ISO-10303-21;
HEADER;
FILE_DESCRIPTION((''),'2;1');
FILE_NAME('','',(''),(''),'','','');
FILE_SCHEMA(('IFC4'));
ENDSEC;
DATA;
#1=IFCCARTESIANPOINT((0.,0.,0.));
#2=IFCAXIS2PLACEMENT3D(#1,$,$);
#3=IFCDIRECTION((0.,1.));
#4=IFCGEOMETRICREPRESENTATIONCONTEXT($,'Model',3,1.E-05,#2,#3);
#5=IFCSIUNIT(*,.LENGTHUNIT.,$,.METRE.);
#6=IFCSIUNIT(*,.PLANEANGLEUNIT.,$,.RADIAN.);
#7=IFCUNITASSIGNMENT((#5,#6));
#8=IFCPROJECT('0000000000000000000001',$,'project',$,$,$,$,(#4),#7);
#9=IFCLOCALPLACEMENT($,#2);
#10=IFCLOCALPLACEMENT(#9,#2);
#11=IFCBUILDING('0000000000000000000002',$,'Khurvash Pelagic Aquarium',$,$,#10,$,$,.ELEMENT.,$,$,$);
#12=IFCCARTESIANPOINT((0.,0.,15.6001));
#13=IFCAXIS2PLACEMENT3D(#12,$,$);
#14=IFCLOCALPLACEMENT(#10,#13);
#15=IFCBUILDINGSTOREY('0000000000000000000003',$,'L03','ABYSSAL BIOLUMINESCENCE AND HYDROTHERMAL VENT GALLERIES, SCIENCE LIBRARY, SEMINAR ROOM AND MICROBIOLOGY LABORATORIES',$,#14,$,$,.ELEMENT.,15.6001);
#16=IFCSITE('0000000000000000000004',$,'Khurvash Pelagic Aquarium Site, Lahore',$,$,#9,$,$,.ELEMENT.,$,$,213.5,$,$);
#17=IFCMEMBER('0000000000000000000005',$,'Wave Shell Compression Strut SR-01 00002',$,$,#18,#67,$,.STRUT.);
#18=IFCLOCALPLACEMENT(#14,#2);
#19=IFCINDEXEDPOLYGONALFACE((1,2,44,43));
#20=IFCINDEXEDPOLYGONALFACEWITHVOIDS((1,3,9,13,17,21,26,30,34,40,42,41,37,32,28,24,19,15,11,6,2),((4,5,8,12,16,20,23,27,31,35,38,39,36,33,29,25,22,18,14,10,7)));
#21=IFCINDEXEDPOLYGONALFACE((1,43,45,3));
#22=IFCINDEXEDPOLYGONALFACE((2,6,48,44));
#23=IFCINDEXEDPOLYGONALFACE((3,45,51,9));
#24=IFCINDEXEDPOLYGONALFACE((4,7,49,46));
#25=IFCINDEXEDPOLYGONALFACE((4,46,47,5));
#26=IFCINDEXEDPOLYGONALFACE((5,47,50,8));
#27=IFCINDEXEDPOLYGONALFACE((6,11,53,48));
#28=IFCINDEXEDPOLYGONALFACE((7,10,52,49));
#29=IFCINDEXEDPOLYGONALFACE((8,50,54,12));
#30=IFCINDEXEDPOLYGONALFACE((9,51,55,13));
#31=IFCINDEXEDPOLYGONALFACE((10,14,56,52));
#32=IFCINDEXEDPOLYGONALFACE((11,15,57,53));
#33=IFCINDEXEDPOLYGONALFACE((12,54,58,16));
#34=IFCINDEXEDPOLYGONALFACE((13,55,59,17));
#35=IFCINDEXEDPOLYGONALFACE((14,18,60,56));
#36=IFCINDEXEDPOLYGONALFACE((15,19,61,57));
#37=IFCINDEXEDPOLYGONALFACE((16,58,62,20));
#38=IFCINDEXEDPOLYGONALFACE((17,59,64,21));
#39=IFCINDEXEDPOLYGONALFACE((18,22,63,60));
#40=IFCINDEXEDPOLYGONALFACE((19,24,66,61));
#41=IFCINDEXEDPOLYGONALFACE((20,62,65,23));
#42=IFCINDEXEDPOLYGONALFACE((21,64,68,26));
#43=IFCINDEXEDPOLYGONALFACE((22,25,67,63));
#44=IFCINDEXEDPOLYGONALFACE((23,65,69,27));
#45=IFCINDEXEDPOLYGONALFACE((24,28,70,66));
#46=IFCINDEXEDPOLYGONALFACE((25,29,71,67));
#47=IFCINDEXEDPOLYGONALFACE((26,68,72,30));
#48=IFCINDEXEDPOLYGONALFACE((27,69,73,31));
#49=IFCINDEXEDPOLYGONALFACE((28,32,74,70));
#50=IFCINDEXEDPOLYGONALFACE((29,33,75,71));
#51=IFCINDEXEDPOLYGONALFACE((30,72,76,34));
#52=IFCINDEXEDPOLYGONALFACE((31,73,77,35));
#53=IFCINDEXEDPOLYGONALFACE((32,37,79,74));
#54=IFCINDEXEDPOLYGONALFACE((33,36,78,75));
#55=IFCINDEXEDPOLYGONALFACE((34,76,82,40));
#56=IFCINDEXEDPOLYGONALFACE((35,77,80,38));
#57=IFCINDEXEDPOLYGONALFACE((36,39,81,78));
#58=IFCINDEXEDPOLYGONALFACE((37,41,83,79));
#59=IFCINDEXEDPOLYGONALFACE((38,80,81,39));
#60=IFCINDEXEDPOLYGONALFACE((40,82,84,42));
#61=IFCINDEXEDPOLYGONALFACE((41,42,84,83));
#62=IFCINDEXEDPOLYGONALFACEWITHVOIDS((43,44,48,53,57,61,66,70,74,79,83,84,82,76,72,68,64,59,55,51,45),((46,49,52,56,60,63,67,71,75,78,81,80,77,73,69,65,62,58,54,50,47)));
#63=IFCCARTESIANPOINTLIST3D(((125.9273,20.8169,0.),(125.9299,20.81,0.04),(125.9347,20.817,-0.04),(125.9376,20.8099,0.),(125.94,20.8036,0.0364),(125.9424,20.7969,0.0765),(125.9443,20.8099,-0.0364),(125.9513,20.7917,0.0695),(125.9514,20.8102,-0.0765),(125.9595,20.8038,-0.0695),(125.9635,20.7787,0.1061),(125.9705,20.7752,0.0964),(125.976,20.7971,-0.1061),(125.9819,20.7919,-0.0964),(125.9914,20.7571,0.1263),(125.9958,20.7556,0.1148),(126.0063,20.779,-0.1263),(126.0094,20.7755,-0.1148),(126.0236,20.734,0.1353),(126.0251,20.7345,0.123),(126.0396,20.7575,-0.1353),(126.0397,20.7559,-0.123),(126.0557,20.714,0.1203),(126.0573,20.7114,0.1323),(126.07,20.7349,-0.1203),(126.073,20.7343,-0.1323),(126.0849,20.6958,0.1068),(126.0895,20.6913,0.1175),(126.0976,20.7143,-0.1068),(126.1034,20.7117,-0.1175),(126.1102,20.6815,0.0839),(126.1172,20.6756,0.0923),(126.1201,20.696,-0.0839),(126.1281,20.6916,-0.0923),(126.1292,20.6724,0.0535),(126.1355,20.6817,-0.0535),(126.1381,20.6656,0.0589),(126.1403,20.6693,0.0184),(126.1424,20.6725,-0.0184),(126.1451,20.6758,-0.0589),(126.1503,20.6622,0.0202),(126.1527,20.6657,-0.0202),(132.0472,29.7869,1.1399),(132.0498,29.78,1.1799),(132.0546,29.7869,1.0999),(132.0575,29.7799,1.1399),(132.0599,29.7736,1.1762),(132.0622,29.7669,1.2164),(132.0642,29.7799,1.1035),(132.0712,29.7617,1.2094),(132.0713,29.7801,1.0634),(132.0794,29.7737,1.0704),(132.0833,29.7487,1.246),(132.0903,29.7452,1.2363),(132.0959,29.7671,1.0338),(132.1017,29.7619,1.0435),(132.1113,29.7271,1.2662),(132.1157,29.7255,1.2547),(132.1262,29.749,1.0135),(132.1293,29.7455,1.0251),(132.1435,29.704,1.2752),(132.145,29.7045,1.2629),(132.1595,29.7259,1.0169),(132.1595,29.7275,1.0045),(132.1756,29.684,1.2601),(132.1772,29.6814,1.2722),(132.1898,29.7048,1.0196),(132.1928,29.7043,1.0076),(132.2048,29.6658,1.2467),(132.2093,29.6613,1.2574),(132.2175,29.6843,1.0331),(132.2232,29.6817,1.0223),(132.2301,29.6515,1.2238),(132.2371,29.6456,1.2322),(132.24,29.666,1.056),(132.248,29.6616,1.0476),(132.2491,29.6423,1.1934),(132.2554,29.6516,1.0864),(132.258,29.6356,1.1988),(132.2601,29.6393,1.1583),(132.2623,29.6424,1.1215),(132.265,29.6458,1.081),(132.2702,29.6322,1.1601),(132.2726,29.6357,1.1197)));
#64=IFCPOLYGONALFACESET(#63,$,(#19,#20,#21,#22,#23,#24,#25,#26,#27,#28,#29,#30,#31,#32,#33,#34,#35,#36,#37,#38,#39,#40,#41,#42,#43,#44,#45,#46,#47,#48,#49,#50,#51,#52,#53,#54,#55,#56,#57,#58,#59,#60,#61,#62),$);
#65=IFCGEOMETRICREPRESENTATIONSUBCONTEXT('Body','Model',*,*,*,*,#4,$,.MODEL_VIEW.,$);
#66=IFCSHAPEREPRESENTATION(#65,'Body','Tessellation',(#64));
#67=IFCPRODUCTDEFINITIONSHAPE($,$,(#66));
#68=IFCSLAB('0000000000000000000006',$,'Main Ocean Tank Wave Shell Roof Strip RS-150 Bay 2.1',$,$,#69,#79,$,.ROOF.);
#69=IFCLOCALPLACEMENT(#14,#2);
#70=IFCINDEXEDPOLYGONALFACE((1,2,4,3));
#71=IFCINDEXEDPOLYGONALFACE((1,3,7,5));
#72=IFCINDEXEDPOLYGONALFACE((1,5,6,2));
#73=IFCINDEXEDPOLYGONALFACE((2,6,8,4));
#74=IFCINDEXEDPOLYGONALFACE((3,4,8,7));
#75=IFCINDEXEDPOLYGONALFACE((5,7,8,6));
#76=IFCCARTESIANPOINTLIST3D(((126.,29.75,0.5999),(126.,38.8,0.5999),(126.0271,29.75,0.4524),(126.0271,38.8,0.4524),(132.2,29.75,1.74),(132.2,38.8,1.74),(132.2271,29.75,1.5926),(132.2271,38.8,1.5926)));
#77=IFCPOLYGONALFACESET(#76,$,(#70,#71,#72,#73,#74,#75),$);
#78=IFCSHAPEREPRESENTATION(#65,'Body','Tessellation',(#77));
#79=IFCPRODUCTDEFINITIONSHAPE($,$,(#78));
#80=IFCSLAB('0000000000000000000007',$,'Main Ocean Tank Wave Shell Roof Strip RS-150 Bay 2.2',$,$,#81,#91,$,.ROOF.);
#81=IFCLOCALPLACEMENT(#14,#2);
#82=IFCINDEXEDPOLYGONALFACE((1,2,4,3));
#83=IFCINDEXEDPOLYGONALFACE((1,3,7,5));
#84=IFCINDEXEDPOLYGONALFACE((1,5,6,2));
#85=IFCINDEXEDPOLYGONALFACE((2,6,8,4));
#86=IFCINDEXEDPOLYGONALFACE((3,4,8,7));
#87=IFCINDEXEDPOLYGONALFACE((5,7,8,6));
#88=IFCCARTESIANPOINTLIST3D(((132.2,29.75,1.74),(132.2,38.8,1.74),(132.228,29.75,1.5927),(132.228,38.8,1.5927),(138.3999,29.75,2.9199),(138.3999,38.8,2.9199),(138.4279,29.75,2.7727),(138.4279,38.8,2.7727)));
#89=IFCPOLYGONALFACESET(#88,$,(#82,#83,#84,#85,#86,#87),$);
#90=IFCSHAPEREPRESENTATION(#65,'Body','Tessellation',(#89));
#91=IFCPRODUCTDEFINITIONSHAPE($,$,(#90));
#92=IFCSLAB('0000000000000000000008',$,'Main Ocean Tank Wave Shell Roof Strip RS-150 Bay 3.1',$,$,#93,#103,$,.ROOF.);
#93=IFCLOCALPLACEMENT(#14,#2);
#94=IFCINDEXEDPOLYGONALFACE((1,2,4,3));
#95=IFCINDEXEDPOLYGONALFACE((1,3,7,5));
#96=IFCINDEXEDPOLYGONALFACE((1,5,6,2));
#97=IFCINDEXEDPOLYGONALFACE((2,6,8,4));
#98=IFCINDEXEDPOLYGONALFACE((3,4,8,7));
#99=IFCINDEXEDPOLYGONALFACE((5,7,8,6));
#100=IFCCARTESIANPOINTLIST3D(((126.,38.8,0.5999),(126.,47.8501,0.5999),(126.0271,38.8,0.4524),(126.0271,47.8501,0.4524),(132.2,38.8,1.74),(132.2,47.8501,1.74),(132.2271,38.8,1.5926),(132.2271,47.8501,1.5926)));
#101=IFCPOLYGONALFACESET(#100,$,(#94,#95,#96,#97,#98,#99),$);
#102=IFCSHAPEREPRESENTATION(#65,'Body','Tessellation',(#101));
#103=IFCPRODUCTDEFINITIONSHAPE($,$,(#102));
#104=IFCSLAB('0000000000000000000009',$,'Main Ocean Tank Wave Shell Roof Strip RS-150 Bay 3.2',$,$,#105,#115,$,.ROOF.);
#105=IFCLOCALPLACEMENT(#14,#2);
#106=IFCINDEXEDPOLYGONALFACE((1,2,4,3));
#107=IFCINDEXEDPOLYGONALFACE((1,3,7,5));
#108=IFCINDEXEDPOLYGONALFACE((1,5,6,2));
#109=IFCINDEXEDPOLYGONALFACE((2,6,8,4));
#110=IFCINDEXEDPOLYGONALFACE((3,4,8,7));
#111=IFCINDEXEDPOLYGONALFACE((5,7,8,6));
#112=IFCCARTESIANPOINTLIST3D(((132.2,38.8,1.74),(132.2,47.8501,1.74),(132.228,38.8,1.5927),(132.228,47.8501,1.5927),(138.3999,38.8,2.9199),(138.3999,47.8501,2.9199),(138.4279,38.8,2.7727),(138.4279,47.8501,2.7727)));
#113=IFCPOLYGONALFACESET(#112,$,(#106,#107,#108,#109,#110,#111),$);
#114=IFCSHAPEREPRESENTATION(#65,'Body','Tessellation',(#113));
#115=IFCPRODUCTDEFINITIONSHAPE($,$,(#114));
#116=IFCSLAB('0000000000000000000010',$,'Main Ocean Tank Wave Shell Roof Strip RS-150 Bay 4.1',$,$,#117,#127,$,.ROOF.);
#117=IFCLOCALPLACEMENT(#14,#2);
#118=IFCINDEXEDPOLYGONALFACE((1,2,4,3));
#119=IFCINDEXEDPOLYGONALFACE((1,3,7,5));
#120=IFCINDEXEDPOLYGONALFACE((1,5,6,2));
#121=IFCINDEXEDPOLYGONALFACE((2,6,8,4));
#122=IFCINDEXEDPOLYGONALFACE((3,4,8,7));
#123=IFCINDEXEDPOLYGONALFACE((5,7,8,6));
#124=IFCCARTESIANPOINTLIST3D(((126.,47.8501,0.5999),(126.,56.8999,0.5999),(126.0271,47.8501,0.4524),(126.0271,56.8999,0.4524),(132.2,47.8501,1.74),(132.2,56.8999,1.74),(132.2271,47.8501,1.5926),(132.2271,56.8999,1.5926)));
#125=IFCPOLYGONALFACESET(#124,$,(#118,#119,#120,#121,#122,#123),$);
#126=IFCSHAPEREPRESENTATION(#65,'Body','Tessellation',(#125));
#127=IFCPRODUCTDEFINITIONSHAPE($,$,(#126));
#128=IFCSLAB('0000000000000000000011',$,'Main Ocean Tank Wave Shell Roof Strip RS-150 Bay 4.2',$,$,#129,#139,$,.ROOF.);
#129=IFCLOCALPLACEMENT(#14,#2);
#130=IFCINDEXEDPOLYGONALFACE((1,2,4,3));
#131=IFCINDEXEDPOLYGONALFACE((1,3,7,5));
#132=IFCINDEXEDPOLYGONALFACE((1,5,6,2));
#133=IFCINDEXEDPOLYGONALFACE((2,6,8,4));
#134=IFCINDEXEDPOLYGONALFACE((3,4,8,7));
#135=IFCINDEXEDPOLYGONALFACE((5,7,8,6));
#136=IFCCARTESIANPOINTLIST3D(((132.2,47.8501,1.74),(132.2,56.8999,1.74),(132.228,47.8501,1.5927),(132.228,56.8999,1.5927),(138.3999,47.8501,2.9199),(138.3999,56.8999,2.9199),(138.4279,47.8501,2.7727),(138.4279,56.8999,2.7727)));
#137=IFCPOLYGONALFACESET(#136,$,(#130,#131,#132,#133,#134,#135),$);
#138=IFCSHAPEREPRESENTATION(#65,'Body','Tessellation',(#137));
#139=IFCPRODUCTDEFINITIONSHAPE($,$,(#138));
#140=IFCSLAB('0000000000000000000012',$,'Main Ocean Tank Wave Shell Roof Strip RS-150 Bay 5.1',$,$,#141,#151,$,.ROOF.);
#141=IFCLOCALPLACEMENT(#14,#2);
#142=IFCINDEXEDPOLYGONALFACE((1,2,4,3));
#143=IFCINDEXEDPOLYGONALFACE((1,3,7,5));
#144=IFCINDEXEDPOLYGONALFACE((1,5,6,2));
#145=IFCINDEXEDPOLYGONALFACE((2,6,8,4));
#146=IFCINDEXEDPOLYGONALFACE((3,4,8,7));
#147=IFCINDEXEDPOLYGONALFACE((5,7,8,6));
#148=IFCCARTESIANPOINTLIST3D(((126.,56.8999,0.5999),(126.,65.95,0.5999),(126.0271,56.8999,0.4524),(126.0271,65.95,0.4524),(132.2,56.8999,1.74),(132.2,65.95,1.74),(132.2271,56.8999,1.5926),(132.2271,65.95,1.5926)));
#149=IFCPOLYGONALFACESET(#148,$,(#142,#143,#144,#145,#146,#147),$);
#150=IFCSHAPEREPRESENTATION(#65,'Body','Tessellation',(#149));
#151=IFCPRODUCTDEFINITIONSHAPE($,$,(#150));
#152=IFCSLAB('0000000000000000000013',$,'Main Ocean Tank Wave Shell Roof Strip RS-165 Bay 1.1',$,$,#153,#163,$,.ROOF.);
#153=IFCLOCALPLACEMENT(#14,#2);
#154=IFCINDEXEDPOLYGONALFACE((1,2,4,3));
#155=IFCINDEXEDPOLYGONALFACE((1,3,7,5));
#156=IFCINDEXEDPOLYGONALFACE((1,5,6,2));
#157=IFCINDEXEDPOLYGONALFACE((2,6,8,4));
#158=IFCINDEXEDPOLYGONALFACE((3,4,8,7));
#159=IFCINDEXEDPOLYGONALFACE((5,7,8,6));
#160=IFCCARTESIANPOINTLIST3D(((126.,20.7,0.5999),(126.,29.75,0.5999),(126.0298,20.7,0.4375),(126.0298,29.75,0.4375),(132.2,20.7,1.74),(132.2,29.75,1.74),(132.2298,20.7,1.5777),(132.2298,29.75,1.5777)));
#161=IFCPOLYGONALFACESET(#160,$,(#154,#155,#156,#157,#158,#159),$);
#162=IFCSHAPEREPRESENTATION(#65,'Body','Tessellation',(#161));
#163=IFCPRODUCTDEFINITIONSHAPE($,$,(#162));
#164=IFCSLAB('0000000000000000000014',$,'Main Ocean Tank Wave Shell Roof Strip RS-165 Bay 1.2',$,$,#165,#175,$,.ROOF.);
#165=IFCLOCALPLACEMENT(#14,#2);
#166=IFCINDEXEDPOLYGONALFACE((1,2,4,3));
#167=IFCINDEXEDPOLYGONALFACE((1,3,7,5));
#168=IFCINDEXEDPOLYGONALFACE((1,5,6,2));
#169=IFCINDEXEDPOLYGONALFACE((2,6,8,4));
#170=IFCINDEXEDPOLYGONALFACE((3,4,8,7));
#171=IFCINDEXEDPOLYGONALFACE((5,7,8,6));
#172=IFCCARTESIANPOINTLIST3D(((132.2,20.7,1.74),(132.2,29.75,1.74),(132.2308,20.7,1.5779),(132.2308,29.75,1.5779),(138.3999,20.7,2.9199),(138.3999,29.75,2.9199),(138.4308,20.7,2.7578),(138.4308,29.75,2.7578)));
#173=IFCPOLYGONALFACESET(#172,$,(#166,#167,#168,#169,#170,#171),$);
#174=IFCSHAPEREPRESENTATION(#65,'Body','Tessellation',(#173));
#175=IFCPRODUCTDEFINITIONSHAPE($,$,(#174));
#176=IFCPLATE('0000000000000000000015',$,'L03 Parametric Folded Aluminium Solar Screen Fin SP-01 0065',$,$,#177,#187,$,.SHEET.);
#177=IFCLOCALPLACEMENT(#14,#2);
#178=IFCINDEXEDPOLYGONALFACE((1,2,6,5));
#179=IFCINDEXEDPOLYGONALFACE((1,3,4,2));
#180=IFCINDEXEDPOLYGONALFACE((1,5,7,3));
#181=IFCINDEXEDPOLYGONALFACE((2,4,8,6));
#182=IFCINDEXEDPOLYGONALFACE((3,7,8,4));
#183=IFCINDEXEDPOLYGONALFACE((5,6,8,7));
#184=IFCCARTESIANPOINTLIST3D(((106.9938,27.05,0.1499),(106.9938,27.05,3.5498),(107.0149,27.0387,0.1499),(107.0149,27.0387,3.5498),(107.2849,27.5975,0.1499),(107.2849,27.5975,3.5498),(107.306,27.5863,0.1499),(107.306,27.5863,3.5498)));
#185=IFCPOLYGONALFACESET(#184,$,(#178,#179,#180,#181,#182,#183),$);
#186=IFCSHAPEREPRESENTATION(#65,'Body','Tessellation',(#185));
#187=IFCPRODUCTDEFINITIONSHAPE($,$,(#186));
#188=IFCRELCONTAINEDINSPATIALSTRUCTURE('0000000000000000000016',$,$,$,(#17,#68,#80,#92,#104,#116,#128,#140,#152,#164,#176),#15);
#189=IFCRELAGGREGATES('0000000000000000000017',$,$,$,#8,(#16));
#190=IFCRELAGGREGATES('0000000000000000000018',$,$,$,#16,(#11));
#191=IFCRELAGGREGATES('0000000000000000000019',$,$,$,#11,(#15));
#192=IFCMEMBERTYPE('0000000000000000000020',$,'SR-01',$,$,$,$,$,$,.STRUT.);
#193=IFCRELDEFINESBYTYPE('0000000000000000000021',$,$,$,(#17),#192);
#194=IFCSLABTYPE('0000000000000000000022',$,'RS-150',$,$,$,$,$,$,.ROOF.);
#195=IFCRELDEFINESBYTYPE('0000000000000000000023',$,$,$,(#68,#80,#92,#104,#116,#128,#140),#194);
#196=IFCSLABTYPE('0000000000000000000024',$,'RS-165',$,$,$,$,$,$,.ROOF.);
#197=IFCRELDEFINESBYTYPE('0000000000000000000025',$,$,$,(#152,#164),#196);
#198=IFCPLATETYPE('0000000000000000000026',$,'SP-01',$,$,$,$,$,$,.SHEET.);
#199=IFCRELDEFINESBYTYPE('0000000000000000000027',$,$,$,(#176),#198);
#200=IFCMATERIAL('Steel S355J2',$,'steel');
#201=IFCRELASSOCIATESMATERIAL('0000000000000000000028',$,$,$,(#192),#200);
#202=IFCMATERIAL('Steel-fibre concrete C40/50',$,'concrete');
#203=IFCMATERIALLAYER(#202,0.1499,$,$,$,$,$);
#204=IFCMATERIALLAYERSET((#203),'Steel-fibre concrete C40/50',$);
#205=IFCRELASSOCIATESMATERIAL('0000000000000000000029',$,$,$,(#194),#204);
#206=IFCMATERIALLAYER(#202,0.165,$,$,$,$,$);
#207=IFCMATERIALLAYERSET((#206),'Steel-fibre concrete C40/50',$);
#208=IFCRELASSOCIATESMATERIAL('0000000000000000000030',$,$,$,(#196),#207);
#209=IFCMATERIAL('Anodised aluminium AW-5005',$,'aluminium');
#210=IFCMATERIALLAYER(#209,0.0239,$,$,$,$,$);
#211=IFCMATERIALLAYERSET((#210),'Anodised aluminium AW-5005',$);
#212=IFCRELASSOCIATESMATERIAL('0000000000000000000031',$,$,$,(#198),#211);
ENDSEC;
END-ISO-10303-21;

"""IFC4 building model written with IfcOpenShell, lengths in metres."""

from ifc_helpers import new_model, si_unit, direction, frame, origin, origin_2d, place, context, subcontext, project, spatial, polyline, rectangle, hollow_circle, outline, extrude, material, layer, layer_set, material_profile, profile_set, type_object, element, save


model = new_model("IFC4")

# Units and contexts
model_context = context("Model", 3, precision=1e-05, world=origin(), true_north=direction((0.0, 1.0)))
body_context = subcontext(model_context, "Body", "Model", "MODEL_VIEW")
ifc_project = project(units=[si_unit("LENGTHUNIT", "METRE"), si_unit("PLANEANGLEUNIT", "RADIAN")], contexts=[model_context])

# Site, building, storey
site_placement = place(None, origin())
site = spatial("IfcSite", under=ifc_project, at=site_placement, Name="Khurvash Pelagic Aquarium Site, Lahore", CompositionType="ELEMENT", RefElevation=213.5)
building_placement = place(site_placement, origin())
building = spatial("IfcBuilding", under=site, at=building_placement, Name="Khurvash Pelagic Aquarium", CompositionType="ELEMENT")
storey_placement = place(building_placement, frame((0.0, 0.0, 15.6001)))
storey = spatial("IfcBuildingStorey", under=building, at=storey_placement, Name="L03", Description="ABYSSAL BIOLUMINESCENCE AND HYDROTHERMAL VENT GALLERIES, SCIENCE LIBRARY, SEMINAR ROOM AND MICROBIOLOGY LABORATORIES", CompositionType="ELEMENT", Elevation=15.6001)

# Shared definitions
ifc_material_1 = material(Name="Steel-fibre concrete C40/50", Category="concrete")

# Shared definitions
ifc_material_2 = material(Name="Steel S355J2", Category="steel")

# Member
ifc_material_profile_1 = material_profile(ifc_material_2, hollow_circle(Radius=0.1365, WallThickness=0.0125, at=origin_2d()), Name="CHS273X12")
ifc_profile_set_1 = profile_set([ifc_material_profile_1], Name="Steel S355J2")
member_type_1 = type_object("IfcMemberType", Name="SR-01", PredefinedType="STRUT", material=ifc_profile_set_1)
member_1_placement = place(storey_placement, frame((126.04, 20.74, 0.0), z_axis=(0.560507, 0.821542, 0.104401), x_axis=(-0.826057, 0.563587, 0.0)))
element("IfcMember", 1, at=member_1_placement, inside=storey, type_object=member_type_1, Name="Wave Shell Compression Strut SR-01 00002", PredefinedType="STRUT", context=body_context, shape_type="SweptSolid", body=[
    extrude(hollow_circle(Radius=0.1365, WallThickness=0.0125, at=origin_2d()), origin(), (0.0, 0.0, 1.0), 10.9185),
])

# Slabs
ifc_layer_1 = layer(ifc_material_1, 0.1499)
ifc_layer_set_1 = layer_set([ifc_layer_1], Name="Steel-fibre concrete C40/50")
slab_type_1 = type_object("IfcSlabType", Name="RS-150", PredefinedType="ROOF", material=ifc_layer_set_1)
slab_1_placement = place(storey_placement, frame((126.0, 29.75, 0.5999), z_axis=(-0.180862, 0.0, 0.983509), x_axis=(0.983509, 0.0, 0.180862)))
element("IfcSlab", 2, at=slab_1_placement, inside=storey, type_object=slab_type_1, Name="Main Ocean Tank Wave Shell Roof Strip RS-150 Bay 2.1", PredefinedType="ROOF", context=body_context, shape_type="SweptSolid", body=[
    extrude(outline(polyline([(0.0, 0.0), (6.3039, 0.0), (6.3039, 9.05), (0.0, 9.05), (0.0, 0.0)])), origin(), (0.0, 0.0, -1.0), 0.1499),
])
slab_2_placement = place(storey_placement, frame((132.2, 29.75, 1.74), z_axis=(-0.186957, 0.0, 0.982368), x_axis=(0.982368, 0.0, 0.186957)))
element("IfcSlab", 3, at=slab_2_placement, inside=storey, type_object=slab_type_1, Name="Main Ocean Tank Wave Shell Roof Strip RS-150 Bay 2.2", PredefinedType="ROOF", context=body_context, shape_type="SweptSolid", body=[
    extrude(outline(polyline([(0.0, 0.0), (6.3112, 0.0), (6.3112, 9.05), (0.0, 9.05), (0.0, 0.0)])), origin(), (0.0, 0.0, -1.0), 0.1499),
])
slab_3_placement = place(storey_placement, frame((126.0, 38.8, 0.5999), z_axis=(-0.180862, 0.0, 0.983509), x_axis=(0.983509, 0.0, 0.180862)))
element("IfcSlab", 4, at=slab_3_placement, inside=storey, type_object=slab_type_1, Name="Main Ocean Tank Wave Shell Roof Strip RS-150 Bay 3.1", PredefinedType="ROOF", context=body_context, shape_type="SweptSolid", body=[
    extrude(outline(polyline([(0.0, 0.0), (6.3039, 0.0), (6.3039, 9.05), (0.0, 9.05), (0.0, 0.0)])), origin(), (0.0, 0.0, -1.0), 0.1499),
])
slab_4_placement = place(storey_placement, frame((132.2, 38.8, 1.74), z_axis=(-0.186957, 0.0, 0.982368), x_axis=(0.982368, 0.0, 0.186957)))
element("IfcSlab", 5, at=slab_4_placement, inside=storey, type_object=slab_type_1, Name="Main Ocean Tank Wave Shell Roof Strip RS-150 Bay 3.2", PredefinedType="ROOF", context=body_context, shape_type="SweptSolid", body=[
    extrude(outline(polyline([(0.0, 0.0), (6.3112, 0.0), (6.3112, 9.05), (0.0, 9.05), (0.0, 0.0)])), origin(), (0.0, 0.0, -1.0), 0.1499),
])
slab_5_placement = place(storey_placement, frame((126.0, 47.8501, 0.5999), z_axis=(-0.180862, 0.0, 0.983509), x_axis=(0.983509, 0.0, 0.180862)))
element("IfcSlab", 6, at=slab_5_placement, inside=storey, type_object=slab_type_1, Name="Main Ocean Tank Wave Shell Roof Strip RS-150 Bay 4.1", PredefinedType="ROOF", context=body_context, shape_type="SweptSolid", body=[
    extrude(outline(polyline([(0.0, 0.0), (6.3039, 0.0), (6.3039, 9.0498), (0.0, 9.0498), (0.0, 0.0)])), origin(), (0.0, 0.0, -1.0), 0.1499),
])
slab_6_placement = place(storey_placement, frame((132.2, 47.8501, 1.74), z_axis=(-0.186957, 0.0, 0.982368), x_axis=(0.982368, 0.0, 0.186957)))
element("IfcSlab", 7, at=slab_6_placement, inside=storey, type_object=slab_type_1, Name="Main Ocean Tank Wave Shell Roof Strip RS-150 Bay 4.2", PredefinedType="ROOF", context=body_context, shape_type="SweptSolid", body=[
    extrude(outline(polyline([(0.0, 0.0), (6.3112, 0.0), (6.3112, 9.0498), (0.0, 9.0498), (0.0, 0.0)])), origin(), (0.0, 0.0, -1.0), 0.1499),
])
slab_7_placement = place(storey_placement, frame((126.0, 56.8999, 0.5999), z_axis=(-0.180862, 0.0, 0.983509), x_axis=(0.983509, 0.0, 0.180862)))
element("IfcSlab", 8, at=slab_7_placement, inside=storey, type_object=slab_type_1, Name="Main Ocean Tank Wave Shell Roof Strip RS-150 Bay 5.1", PredefinedType="ROOF", context=body_context, shape_type="SweptSolid", body=[
    extrude(outline(polyline([(0.0, 0.0), (6.3039, 0.0), (6.3039, 9.05), (0.0, 9.05), (0.0, 0.0)])), origin(), (0.0, 0.0, -1.0), 0.1499),
])
ifc_layer_2 = layer(ifc_material_1, 0.165)
ifc_layer_set_2 = layer_set([ifc_layer_2], Name="Steel-fibre concrete C40/50")
slab_type_2 = type_object("IfcSlabType", Name="RS-165", PredefinedType="ROOF", material=ifc_layer_set_2)
slab_8_placement = place(storey_placement, frame((126.0, 20.7, 0.5999), z_axis=(-0.180862, 0.0, 0.983509), x_axis=(0.983509, 0.0, 0.180862)))
element("IfcSlab", 9, at=slab_8_placement, inside=storey, type_object=slab_type_2, Name="Main Ocean Tank Wave Shell Roof Strip RS-165 Bay 1.1", PredefinedType="ROOF", context=body_context, shape_type="SweptSolid", body=[
    extrude(outline(polyline([(0.0, 0.0), (6.3039, 0.0), (6.3039, 9.05), (0.0, 9.05), (0.0, 0.0)])), origin(), (0.0, 0.0, -1.0), 0.165),
])
slab_9_placement = place(storey_placement, frame((132.2, 20.7, 1.74), z_axis=(-0.186957, 0.0, 0.982368), x_axis=(0.982368, 0.0, 0.186957)))
element("IfcSlab", 10, at=slab_9_placement, inside=storey, type_object=slab_type_2, Name="Main Ocean Tank Wave Shell Roof Strip RS-165 Bay 1.2", PredefinedType="ROOF", context=body_context, shape_type="SweptSolid", body=[
    extrude(outline(polyline([(0.0, 0.0), (6.3112, 0.0), (6.3112, 9.05), (0.0, 9.05), (0.0, 0.0)])), origin(), (0.0, 0.0, -1.0), 0.165),
])

# Plate
ifc_material_3 = material(Name="Anodised aluminium AW-5005", Category="aluminium")
ifc_layer_3 = layer(ifc_material_3, 0.0239)
ifc_layer_set_3 = layer_set([ifc_layer_3], Name="Anodised aluminium AW-5005")
plate_type = type_object("IfcPlateType", Name="SP-01", PredefinedType="SHEET", material=ifc_layer_set_3)
for number, where, z_axis, x_axis, name in (
    (11, (107.1499, 27.3181, 0.1499), (0.0, 0.0, 1.0), (0.469472, 0.882948, 0.0), "L03 Parametric Folded Aluminium Solar Screen Fin SP-01 0065"),
):
    element("IfcPlate", number, at=place(storey_placement, frame(where, z_axis=z_axis, x_axis=x_axis)), inside=storey, type_object=plate_type, Name=name, PredefinedType="SHEET", context=body_context, shape_type="SweptSolid", body=[
        extrude(rectangle(XDim=0.6201, YDim=0.0239, at=origin_2d()), origin(), (0.0, 0.0, 1.0), 3.3999),
    ])

save(model, "model.ifc")
